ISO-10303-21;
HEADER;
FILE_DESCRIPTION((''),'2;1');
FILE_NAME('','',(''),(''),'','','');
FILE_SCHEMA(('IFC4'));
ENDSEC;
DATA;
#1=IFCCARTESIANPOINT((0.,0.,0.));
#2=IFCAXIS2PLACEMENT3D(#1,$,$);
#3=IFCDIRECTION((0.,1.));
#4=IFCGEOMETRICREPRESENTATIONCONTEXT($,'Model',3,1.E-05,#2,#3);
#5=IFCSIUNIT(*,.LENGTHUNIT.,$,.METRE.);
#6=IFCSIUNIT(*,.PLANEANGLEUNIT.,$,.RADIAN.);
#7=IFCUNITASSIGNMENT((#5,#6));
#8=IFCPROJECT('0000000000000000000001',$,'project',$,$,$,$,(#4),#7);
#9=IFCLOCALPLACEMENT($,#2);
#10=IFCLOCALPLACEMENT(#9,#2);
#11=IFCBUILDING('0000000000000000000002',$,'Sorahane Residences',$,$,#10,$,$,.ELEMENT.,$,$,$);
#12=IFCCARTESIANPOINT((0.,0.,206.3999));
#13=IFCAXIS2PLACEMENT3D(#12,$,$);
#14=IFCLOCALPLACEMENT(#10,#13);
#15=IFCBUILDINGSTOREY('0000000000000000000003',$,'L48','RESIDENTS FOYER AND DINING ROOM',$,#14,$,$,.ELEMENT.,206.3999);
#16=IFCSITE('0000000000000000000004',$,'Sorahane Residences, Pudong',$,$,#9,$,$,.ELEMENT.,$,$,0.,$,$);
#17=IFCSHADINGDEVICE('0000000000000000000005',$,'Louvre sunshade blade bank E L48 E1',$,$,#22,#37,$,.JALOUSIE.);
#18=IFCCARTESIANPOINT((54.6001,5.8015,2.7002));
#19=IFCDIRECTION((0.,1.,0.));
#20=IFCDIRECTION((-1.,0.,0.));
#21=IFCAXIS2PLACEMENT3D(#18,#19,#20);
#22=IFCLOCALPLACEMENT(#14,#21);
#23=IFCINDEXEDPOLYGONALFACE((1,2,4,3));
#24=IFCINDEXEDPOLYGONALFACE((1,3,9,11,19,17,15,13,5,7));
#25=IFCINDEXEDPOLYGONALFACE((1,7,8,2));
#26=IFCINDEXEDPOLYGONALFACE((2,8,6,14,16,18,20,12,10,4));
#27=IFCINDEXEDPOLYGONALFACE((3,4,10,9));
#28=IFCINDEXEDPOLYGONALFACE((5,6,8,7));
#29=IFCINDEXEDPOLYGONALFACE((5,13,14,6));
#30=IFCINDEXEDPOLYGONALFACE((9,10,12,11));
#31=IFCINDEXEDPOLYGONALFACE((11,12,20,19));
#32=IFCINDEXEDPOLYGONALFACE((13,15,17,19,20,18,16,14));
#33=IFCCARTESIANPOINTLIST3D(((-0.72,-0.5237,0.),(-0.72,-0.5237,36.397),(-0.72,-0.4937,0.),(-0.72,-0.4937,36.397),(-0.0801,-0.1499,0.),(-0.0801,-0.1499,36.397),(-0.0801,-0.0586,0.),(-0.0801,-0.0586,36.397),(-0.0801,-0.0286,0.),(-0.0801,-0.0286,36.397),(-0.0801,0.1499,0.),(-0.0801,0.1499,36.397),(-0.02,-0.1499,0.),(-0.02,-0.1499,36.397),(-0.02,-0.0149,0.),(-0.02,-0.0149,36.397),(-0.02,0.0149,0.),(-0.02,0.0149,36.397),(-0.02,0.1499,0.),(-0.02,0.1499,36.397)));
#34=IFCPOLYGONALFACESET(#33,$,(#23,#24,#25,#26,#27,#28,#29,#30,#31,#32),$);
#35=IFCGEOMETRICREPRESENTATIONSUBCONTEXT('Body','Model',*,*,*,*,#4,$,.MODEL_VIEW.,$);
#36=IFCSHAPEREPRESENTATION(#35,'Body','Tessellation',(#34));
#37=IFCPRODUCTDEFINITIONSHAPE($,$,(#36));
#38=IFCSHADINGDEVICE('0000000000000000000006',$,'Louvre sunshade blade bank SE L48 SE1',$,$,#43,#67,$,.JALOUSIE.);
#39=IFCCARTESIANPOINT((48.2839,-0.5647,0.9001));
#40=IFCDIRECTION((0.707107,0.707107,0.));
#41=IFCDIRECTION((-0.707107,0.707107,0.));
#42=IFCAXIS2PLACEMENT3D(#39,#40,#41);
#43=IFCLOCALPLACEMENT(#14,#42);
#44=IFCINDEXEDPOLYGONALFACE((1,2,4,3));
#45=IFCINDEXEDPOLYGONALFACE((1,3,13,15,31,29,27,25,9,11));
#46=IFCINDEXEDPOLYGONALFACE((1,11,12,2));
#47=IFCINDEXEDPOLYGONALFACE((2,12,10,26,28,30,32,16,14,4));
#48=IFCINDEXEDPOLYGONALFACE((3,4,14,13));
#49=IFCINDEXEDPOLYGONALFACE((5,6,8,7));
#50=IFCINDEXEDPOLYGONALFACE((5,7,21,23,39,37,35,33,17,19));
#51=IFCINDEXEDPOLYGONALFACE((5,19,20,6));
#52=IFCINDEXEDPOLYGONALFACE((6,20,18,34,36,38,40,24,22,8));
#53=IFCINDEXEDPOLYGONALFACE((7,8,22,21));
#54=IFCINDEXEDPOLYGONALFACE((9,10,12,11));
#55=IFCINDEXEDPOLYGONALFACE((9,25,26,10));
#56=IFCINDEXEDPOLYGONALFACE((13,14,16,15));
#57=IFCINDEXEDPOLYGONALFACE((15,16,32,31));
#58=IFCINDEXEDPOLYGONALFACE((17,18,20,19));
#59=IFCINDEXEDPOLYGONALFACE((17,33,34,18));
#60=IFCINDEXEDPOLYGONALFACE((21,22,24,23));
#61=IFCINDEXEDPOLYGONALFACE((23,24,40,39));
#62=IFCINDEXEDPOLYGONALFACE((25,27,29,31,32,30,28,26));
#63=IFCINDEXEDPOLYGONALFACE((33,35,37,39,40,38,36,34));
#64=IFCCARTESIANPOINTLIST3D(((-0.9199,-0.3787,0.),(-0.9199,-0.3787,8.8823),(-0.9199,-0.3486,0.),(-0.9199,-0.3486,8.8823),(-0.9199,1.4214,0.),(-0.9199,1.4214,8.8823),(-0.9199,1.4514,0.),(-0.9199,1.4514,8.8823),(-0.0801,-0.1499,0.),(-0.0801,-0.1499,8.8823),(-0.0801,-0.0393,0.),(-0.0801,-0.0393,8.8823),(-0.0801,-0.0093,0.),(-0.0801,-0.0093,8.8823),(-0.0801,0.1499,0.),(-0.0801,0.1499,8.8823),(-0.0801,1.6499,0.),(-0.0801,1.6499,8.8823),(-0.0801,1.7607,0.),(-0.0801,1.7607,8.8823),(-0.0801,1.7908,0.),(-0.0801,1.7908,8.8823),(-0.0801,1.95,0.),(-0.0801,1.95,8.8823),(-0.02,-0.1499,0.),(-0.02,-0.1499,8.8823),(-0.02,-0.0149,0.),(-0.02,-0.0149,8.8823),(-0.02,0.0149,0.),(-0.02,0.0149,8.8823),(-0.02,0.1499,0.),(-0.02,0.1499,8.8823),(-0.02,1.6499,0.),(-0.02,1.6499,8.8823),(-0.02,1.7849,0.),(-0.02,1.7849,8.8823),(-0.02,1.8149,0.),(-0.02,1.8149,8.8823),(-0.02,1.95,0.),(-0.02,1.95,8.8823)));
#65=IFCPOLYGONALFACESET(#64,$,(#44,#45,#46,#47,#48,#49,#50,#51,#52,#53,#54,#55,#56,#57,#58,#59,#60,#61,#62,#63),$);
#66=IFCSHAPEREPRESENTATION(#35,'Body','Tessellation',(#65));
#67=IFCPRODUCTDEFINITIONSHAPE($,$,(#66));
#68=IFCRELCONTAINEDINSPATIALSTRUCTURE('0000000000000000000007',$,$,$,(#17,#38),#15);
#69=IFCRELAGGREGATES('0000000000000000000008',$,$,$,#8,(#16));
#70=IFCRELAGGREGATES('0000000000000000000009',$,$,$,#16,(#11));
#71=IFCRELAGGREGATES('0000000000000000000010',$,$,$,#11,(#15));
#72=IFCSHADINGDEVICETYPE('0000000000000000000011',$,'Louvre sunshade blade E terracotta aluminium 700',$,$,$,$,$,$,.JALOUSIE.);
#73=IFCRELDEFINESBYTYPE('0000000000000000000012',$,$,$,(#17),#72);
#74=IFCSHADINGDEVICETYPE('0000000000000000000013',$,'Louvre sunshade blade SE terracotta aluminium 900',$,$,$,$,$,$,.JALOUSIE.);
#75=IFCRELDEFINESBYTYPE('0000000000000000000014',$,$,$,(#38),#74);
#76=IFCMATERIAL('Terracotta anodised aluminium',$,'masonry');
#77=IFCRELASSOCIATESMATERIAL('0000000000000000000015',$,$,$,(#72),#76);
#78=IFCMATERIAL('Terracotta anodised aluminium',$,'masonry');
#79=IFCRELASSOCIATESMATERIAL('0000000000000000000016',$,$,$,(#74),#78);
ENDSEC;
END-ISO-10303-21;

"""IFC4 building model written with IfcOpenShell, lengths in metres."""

from ifc_helpers import new_model, si_unit, direction, frame, origin, place, context, subcontext, project, spatial, polyline, outline, composite_profile, extrude, material, type_object, element, save


model = new_model("IFC4")

# Units and contexts
model_context = context("Model", 3, precision=1e-05, world=origin(), true_north=direction((0.0, 1.0)))
body_context = subcontext(model_context, "Body", "Model", "MODEL_VIEW")
ifc_project = project(units=[si_unit("LENGTHUNIT", "METRE"), si_unit("PLANEANGLEUNIT", "RADIAN")], contexts=[model_context])

# Site, building, storey
site_placement = place(None, origin())
site = spatial("IfcSite", under=ifc_project, at=site_placement, Name="Sorahane Residences, Pudong", CompositionType="ELEMENT", RefElevation=0.0)
building_placement = place(site_placement, origin())
building = spatial("IfcBuilding", under=site, at=building_placement, Name="Sorahane Residences", CompositionType="ELEMENT")
storey_placement = place(building_placement, frame((0.0, 0.0, 206.3999)))
storey = spatial("IfcBuildingStorey", under=building, at=storey_placement, Name="L48", Description="RESIDENTS FOYER AND DINING ROOM", CompositionType="ELEMENT", Elevation=206.3999)

# Shading devices
ifc_material_1 = material(Name="Terracotta anodised aluminium", Category="masonry")
shading_device_type_1 = type_object("IfcShadingDeviceType", Name="Louvre sunshade blade E terracotta aluminium 700", PredefinedType="JALOUSIE", material=ifc_material_1)
shading_device_1_placement = place(storey_placement, frame((54.6001, 5.8015, 2.7002), z_axis=(0.0, 1.0, 0.0), x_axis=(-1.0, 0.0, 0.0)))
element("IfcShadingDevice", 1, at=shading_device_1_placement, inside=storey, type_object=shading_device_type_1, Name="Louvre sunshade blade bank E L48 E1", PredefinedType="JALOUSIE", context=body_context, shape_type="SweptSolid", body=[
    extrude(outline(polyline([(-0.72, -0.4937), (-0.72, -0.5237), (-0.0801, -0.0586), (-0.0801, -0.1499), (-0.02, -0.1499), (-0.02, -0.0149), (-0.02, 0.0149), (-0.02, 0.1499), (-0.0801, 0.1499), (-0.0801, -0.0286), (-0.72, -0.4937)])), origin(), (0.0, 0.0, 1.0), 36.397),
])
ifc_material_2 = material(Name="Terracotta anodised aluminium", Category="masonry")
shading_device_type_2 = type_object("IfcShadingDeviceType", Name="Louvre sunshade blade SE terracotta aluminium 900", PredefinedType="JALOUSIE", material=ifc_material_2)
shading_device_2_placement = place(storey_placement, frame((48.2839, -0.5647, 0.9001), z_axis=(0.707107, 0.707107, 0.0), x_axis=(-0.707107, 0.707107, 0.0)))
element("IfcShadingDevice", 2, at=shading_device_2_placement, inside=storey, type_object=shading_device_type_2, Name="Louvre sunshade blade bank SE L48 SE1", PredefinedType="JALOUSIE", context=body_context, shape_type="SweptSolid", body=[
    extrude(composite_profile([outline(polyline([(-0.9199, -0.3486), (-0.9199, -0.3787), (-0.0801, -0.0393), (-0.0801, -0.1499), (-0.02, -0.1499), (-0.02, -0.0149), (-0.02, 0.0149), (-0.02, 0.1499), (-0.0801, 0.1499), (-0.0801, -0.0093), (-0.9199, -0.3486)])), outline(polyline([(-0.9199, 1.4514), (-0.9199, 1.4214), (-0.0801, 1.7607), (-0.0801, 1.6499), (-0.02, 1.6499), (-0.02, 1.7849), (-0.02, 1.8149), (-0.02, 1.95), (-0.0801, 1.95), (-0.0801, 1.7908), (-0.9199, 1.4514)]))]), origin(), (0.0, 0.0, 1.0), 8.8823),
])

save(model, "model.ifc")
